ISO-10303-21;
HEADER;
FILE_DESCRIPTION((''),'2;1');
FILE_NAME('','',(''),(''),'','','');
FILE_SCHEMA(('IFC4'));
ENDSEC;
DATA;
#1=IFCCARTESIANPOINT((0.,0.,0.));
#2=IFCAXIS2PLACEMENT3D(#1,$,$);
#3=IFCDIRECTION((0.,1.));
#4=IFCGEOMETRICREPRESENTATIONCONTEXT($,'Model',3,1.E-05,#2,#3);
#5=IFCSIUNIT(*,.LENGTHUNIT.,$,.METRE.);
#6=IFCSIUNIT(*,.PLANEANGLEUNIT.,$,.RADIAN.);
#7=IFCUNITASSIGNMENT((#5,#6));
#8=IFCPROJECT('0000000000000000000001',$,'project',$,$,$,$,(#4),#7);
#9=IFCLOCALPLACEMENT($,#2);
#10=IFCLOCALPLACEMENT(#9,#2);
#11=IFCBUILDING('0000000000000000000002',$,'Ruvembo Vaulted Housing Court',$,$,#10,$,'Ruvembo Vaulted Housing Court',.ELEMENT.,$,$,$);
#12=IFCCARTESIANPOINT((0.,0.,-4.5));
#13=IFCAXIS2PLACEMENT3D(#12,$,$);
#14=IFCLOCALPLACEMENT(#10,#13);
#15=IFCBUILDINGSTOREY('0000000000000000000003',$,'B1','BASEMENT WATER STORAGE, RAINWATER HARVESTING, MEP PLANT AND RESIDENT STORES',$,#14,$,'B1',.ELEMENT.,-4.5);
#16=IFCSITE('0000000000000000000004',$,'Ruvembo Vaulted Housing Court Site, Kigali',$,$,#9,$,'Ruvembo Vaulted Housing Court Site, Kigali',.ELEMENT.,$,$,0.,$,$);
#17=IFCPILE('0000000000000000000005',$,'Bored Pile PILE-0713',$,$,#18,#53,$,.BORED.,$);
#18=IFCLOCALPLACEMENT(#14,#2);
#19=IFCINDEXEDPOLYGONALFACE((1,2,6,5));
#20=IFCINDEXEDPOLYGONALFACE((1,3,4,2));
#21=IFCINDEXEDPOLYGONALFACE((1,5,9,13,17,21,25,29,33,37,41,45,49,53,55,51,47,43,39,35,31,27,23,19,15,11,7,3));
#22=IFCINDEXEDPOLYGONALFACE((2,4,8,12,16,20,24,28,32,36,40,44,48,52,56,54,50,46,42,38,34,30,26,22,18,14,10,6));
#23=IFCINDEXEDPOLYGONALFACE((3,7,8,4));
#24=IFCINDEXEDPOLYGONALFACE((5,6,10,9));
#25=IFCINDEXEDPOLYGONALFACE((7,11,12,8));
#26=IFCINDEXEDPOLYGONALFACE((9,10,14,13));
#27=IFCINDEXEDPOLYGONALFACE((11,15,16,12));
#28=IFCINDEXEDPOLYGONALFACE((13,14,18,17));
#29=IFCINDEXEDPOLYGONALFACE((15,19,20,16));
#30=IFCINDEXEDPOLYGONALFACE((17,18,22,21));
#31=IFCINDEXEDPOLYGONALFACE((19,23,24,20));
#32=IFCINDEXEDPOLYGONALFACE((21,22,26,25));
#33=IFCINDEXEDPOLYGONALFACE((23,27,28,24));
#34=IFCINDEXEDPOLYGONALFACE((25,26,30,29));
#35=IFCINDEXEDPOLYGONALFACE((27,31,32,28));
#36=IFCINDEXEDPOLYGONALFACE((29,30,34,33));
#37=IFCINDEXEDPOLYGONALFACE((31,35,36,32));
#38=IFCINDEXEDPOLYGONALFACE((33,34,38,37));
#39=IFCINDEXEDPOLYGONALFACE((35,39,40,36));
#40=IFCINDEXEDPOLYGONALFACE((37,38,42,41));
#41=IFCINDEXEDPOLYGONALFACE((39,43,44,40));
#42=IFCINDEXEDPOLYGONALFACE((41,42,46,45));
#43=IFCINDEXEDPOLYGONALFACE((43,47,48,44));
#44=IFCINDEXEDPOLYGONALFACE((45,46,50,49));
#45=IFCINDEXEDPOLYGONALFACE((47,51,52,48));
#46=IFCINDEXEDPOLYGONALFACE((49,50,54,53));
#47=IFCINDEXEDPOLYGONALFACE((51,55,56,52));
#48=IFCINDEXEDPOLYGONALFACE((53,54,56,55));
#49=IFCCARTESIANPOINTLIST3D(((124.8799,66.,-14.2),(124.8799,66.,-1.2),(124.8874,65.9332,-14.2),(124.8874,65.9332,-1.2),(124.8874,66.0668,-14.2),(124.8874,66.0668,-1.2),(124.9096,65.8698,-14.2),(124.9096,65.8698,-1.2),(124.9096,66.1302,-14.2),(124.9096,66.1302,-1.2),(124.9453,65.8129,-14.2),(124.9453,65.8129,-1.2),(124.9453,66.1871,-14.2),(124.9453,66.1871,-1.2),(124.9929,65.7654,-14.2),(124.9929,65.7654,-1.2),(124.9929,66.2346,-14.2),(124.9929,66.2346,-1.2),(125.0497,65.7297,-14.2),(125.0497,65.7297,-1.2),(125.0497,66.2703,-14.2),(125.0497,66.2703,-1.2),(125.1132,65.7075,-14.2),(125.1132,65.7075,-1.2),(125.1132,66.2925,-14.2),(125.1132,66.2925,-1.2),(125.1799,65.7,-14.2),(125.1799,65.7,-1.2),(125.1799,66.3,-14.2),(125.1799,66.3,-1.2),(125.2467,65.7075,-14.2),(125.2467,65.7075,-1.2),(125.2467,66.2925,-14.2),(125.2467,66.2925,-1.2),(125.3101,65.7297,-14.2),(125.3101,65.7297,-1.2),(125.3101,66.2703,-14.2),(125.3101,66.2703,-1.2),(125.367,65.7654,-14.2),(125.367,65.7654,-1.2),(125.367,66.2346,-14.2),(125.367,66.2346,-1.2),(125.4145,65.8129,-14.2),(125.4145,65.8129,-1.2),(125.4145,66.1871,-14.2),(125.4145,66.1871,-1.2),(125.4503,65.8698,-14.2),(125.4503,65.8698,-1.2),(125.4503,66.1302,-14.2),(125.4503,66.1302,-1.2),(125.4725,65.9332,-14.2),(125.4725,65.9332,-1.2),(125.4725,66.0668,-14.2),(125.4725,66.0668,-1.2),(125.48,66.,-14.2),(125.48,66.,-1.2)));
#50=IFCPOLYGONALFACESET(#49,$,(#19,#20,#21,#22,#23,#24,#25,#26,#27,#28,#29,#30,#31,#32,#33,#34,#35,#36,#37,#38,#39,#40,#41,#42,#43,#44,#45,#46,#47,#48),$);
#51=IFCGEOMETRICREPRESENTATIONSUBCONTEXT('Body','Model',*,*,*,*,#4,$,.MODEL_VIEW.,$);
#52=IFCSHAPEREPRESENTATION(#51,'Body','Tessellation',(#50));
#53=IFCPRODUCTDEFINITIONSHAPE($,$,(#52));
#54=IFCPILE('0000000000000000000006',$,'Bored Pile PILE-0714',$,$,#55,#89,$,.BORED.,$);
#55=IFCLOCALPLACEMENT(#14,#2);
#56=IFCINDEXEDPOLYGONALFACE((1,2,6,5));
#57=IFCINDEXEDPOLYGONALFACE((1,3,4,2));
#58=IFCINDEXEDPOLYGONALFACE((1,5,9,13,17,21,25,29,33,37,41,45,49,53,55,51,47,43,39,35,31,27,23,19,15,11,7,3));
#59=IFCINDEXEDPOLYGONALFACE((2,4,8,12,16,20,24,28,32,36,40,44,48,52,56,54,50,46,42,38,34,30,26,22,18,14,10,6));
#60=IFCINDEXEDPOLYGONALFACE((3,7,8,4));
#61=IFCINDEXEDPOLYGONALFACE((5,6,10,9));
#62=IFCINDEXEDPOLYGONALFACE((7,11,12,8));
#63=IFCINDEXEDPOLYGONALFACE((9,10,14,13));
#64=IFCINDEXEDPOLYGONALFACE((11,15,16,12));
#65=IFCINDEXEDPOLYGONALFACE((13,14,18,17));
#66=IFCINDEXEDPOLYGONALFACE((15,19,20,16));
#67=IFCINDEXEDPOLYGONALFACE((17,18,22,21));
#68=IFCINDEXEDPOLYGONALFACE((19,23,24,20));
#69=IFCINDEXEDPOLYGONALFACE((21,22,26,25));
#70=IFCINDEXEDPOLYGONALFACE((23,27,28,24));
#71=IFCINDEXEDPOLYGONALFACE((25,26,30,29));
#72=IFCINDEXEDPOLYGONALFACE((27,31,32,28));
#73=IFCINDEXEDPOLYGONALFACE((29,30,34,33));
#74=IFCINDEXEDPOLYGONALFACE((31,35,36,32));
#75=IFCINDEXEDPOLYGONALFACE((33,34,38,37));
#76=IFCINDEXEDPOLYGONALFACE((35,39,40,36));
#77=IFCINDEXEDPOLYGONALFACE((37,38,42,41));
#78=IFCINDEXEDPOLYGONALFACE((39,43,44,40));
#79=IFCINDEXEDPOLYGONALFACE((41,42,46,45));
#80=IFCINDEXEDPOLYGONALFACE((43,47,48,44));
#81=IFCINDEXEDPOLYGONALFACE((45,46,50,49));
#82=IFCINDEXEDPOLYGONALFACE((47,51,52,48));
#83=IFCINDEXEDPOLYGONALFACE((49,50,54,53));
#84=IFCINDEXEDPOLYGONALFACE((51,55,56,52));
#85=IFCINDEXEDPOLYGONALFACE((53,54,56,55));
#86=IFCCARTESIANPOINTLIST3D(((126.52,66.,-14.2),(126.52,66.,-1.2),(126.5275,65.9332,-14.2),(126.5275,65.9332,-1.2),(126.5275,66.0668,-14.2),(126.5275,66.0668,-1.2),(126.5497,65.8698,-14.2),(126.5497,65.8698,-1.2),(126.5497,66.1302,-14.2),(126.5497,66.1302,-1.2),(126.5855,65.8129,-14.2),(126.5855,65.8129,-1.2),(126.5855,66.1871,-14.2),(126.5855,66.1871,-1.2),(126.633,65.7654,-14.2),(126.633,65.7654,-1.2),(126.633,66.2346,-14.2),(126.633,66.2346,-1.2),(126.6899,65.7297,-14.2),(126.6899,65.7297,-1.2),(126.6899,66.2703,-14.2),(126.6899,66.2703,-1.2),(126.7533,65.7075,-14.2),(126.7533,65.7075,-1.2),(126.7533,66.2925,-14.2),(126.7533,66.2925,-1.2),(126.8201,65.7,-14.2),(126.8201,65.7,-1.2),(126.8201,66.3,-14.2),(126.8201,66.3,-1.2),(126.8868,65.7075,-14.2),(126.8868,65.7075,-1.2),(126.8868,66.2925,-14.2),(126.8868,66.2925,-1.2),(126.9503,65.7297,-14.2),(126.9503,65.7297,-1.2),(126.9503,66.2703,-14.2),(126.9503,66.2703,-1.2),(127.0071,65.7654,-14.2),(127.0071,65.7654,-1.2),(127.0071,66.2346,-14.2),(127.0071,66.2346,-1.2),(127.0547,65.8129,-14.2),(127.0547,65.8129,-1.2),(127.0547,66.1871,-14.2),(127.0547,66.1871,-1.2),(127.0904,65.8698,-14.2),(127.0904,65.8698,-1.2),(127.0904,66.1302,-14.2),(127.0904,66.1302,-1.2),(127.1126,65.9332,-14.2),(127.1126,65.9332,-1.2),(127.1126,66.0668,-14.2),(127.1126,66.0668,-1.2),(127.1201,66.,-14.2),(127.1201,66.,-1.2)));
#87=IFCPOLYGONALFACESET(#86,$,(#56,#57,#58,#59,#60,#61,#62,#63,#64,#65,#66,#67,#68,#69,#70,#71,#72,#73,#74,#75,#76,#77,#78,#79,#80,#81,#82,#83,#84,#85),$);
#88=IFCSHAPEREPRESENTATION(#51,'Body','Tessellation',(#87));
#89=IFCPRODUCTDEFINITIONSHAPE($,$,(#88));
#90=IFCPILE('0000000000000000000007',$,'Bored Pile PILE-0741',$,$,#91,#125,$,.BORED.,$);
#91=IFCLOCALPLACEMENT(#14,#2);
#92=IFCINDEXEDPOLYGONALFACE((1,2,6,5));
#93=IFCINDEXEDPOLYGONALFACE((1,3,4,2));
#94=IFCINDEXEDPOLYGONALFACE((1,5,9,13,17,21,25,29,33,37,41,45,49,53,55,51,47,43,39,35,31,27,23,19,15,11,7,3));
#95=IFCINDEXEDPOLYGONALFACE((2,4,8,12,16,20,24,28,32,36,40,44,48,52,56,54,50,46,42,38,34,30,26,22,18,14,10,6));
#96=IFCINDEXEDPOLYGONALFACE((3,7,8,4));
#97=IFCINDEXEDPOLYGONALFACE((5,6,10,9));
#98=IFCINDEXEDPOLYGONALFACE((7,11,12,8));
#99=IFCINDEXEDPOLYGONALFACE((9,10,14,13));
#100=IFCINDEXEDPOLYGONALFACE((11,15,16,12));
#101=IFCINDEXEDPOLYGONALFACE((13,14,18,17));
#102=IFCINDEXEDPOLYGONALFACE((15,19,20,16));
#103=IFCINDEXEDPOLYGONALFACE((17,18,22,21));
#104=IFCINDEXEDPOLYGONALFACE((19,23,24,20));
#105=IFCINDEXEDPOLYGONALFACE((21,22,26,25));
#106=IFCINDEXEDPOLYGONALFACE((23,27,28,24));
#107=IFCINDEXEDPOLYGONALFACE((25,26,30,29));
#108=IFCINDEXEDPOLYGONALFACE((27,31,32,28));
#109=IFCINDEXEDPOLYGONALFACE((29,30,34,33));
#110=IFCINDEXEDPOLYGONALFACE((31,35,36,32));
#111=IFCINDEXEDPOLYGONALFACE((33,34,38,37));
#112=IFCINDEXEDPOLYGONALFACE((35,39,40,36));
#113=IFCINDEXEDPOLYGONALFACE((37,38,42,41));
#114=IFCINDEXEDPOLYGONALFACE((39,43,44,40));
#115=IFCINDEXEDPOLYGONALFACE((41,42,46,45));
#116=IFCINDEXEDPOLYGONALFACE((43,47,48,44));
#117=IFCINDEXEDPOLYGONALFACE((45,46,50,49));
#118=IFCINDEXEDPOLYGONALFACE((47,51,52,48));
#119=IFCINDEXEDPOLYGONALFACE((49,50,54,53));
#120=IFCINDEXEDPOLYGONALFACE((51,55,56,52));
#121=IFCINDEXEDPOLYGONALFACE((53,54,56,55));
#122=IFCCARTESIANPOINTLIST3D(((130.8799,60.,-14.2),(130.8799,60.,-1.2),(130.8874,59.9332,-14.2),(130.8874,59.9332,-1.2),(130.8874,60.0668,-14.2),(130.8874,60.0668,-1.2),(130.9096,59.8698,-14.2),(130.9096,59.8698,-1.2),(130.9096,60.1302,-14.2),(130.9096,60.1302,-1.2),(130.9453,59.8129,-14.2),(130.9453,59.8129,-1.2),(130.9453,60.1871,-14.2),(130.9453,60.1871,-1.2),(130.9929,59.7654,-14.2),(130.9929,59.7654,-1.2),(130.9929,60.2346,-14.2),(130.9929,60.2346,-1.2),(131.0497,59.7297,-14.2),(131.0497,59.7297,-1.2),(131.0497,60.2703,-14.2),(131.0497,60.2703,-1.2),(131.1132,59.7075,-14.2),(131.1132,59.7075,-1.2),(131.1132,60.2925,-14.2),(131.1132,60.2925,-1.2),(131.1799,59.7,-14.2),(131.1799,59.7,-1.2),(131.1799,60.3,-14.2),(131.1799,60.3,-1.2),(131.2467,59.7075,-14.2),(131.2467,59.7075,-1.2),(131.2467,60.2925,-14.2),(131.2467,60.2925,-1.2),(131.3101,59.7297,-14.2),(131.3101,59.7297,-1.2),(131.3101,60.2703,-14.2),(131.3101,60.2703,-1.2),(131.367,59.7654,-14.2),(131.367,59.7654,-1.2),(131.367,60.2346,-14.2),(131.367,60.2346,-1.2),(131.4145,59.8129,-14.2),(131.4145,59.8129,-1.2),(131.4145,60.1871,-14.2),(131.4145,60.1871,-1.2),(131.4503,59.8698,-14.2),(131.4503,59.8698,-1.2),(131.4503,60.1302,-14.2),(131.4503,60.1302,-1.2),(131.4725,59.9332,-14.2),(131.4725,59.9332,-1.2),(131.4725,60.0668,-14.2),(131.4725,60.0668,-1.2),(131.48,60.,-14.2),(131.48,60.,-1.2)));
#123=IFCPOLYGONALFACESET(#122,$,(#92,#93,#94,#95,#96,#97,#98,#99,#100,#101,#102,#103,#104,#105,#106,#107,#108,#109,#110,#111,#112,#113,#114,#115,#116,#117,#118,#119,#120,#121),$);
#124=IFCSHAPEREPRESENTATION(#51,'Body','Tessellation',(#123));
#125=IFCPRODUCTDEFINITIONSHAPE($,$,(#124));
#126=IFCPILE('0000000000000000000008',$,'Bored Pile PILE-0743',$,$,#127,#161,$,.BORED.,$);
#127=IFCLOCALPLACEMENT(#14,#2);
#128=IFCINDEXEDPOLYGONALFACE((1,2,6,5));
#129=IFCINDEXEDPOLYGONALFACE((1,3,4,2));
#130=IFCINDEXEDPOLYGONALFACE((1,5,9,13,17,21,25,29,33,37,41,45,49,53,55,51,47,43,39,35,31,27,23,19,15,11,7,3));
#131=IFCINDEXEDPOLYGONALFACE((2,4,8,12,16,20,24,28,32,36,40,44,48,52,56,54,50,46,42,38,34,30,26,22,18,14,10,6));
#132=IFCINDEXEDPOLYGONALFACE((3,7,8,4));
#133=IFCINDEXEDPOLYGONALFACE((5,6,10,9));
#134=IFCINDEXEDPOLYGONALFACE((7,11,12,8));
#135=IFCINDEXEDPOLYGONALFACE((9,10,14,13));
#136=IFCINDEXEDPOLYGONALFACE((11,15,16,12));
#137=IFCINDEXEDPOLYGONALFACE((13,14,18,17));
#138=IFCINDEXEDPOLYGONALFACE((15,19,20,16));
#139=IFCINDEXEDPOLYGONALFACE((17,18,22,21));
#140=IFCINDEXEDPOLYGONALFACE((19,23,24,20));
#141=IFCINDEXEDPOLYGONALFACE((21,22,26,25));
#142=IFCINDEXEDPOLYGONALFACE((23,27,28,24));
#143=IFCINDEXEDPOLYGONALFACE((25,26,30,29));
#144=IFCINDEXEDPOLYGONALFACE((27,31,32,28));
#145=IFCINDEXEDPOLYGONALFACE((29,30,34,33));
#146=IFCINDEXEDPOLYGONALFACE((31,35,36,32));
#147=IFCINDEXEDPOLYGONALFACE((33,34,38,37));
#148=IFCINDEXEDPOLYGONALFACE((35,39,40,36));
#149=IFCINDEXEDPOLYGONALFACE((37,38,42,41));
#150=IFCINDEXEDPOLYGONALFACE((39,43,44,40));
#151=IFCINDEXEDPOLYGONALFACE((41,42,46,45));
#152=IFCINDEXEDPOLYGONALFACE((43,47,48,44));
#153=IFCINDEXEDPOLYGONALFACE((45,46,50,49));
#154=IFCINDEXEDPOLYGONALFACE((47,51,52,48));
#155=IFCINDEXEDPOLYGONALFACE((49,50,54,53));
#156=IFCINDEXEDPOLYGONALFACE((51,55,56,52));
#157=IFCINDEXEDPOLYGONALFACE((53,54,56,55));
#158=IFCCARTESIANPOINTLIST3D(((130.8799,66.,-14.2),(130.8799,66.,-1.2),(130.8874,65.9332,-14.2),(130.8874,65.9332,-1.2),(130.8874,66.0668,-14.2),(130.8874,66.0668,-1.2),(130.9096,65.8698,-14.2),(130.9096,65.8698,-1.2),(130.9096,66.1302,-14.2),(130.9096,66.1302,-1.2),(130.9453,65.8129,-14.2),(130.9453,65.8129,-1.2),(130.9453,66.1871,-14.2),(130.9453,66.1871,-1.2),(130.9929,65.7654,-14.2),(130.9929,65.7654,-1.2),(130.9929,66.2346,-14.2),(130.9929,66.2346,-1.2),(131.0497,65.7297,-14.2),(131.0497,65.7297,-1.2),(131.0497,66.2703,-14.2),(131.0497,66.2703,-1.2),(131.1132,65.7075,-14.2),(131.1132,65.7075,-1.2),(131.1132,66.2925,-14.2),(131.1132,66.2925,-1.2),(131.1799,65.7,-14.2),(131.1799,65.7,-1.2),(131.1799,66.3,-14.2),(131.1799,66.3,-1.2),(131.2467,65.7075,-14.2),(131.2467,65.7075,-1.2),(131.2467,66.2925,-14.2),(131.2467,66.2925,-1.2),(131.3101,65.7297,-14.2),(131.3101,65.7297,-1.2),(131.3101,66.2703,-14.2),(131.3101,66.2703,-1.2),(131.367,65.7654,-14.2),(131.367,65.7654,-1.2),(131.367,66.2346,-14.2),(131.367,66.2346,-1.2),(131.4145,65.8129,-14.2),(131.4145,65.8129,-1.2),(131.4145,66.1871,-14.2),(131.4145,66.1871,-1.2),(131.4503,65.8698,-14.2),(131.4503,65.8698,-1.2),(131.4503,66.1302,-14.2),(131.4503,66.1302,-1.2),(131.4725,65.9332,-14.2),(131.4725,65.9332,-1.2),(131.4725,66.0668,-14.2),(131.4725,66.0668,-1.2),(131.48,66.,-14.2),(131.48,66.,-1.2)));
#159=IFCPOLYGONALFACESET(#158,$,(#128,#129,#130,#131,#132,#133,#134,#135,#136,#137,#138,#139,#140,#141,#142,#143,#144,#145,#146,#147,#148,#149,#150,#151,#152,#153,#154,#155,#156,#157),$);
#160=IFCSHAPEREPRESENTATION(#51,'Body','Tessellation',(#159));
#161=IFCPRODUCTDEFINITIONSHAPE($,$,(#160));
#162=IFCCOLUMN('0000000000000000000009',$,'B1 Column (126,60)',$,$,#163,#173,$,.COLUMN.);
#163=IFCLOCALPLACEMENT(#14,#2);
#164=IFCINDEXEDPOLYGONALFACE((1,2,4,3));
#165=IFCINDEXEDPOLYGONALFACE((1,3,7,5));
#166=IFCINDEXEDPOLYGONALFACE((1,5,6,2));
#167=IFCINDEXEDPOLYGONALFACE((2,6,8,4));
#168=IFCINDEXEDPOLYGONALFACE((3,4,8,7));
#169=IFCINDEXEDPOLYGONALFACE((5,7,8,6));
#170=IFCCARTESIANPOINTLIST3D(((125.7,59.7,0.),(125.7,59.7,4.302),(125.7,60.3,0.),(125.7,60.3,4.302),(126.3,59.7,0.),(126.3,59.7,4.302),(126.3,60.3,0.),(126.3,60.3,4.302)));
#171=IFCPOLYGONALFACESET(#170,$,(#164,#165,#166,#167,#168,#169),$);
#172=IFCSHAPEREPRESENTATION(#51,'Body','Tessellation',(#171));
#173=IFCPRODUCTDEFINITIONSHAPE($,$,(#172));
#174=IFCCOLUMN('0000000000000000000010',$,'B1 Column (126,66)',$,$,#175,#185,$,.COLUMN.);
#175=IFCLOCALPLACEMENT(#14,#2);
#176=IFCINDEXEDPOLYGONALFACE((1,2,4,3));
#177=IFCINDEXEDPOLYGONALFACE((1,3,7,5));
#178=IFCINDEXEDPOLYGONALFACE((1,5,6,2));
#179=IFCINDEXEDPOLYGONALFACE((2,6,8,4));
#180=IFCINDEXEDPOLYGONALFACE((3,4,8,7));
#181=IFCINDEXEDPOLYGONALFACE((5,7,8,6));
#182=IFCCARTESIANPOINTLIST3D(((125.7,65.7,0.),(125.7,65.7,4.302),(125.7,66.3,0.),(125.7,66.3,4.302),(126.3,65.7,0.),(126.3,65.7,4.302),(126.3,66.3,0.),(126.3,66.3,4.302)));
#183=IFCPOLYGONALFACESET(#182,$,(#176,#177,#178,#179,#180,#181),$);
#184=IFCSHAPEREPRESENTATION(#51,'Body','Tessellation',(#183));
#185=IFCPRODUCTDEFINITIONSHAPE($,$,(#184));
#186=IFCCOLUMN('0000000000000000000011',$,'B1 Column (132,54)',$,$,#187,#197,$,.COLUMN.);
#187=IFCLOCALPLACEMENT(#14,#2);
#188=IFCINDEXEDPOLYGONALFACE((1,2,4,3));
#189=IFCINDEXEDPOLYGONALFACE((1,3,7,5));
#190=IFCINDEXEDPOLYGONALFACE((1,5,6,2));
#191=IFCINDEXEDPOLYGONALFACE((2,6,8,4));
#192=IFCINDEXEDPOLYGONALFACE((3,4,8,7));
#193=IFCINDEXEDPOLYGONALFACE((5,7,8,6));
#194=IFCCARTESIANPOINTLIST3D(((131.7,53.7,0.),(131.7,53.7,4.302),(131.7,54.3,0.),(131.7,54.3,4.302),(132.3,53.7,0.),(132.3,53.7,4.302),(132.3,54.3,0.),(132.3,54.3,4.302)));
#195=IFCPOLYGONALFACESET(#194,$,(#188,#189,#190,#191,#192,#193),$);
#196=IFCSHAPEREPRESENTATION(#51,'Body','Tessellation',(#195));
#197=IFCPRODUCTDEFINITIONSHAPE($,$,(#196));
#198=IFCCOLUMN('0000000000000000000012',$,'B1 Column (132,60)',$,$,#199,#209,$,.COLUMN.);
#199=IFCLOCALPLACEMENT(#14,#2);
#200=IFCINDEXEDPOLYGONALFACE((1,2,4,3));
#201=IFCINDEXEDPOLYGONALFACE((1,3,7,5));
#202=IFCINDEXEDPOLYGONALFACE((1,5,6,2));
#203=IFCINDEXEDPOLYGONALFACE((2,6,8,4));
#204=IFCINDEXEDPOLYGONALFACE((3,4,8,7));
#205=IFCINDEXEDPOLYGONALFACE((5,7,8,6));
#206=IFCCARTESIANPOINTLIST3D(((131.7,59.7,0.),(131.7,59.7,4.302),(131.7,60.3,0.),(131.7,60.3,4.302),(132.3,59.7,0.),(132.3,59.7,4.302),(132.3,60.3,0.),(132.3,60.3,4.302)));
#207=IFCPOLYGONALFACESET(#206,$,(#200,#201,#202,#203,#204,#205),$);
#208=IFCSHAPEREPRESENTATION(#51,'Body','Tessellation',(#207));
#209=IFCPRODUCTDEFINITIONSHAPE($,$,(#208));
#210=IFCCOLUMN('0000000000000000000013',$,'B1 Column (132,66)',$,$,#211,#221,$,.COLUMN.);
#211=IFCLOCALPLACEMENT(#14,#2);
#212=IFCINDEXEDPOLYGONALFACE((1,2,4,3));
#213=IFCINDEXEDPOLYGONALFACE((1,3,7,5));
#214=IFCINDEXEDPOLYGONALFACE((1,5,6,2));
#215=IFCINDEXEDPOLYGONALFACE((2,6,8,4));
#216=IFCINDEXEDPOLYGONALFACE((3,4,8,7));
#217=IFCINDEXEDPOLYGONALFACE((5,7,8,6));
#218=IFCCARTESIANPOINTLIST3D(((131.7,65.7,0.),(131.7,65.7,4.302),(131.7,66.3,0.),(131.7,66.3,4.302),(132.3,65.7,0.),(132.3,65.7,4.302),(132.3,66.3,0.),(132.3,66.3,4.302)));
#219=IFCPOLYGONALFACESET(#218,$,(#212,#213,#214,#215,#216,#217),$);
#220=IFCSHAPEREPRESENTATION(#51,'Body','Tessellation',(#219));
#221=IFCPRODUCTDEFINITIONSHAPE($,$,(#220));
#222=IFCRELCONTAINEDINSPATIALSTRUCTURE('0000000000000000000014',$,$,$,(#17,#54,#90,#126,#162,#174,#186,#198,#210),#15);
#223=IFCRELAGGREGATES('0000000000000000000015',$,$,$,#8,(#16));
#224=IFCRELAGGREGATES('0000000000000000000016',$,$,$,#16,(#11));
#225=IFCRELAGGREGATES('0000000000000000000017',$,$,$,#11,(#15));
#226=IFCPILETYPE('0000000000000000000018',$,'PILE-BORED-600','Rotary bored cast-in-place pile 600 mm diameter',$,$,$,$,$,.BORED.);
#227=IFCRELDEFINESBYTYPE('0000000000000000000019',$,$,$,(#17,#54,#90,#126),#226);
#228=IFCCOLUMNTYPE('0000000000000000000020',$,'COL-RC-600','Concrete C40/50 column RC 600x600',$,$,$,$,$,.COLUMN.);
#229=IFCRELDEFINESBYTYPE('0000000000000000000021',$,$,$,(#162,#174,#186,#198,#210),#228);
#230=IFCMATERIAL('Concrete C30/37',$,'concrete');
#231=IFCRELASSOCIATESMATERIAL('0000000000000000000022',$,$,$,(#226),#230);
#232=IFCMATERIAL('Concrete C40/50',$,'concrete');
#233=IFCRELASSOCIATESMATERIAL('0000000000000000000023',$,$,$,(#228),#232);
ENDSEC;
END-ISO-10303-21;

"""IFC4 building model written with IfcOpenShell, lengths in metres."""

from ifc_helpers import new_model, si_unit, direction, frame, origin, origin_2d, place, context, subcontext, project, spatial, rectangle, circle, extrude, material, material_profile, profile_set, type_object, element, save


model = new_model("IFC4")

# Units and contexts
model_context = context("Model", 3, precision=1e-05, world=origin(), true_north=direction((0.0, 1.0)))
body_context = subcontext(model_context, "Body", "Model", "MODEL_VIEW")
ifc_project = project(units=[si_unit("LENGTHUNIT", "METRE"), si_unit("PLANEANGLEUNIT", "RADIAN")], contexts=[model_context])

# Site, building, storey
site_placement = place(None, origin())
site = spatial("IfcSite", under=ifc_project, at=site_placement, Name="Ruvembo Vaulted Housing Court Site, Kigali", LongName="Ruvembo Vaulted Housing Court Site, Kigali", CompositionType="ELEMENT", RefElevation=0.0)
building_placement = place(site_placement, origin())
building = spatial("IfcBuilding", under=site, at=building_placement, Name="Ruvembo Vaulted Housing Court", LongName="Ruvembo Vaulted Housing Court", CompositionType="ELEMENT")
storey_placement = place(building_placement, frame((0.0, 0.0, -4.5)))
storey = spatial("IfcBuildingStorey", under=building, at=storey_placement, Name="B1", Description="BASEMENT WATER STORAGE, RAINWATER HARVESTING, MEP PLANT AND RESIDENT STORES", LongName="B1", CompositionType="ELEMENT", Elevation=-4.5)

# Piles
ifc_material_1 = material(Name="Concrete C30/37", Category="concrete")
ifc_material_profile_1 = material_profile(ifc_material_1, circle(Radius=0.3, at=origin_2d()), Name="PILE D600")
ifc_profile_set_1 = profile_set([ifc_material_profile_1], Name="Concrete C30/37")
pile_type = type_object("IfcPileType", Name="PILE-BORED-600", Description="Rotary bored cast-in-place pile 600 mm diameter", PredefinedType="BORED", material=ifc_profile_set_1)
for number, where, z_axis, x_axis, name in (
    (1, (125.1799, 66.0, -1.2), (0.0, 0.0, -1.0), (1.0, 0.0, 0.0), "Bored Pile PILE-0713"),
    (2, (126.8201, 66.0, -1.2), (0.0, 0.0, -1.0), (1.0, 0.0, 0.0), "Bored Pile PILE-0714"),
    (3, (131.1799, 60.0, -1.2), (0.0, 0.0, -1.0), (1.0, 0.0, 0.0), "Bored Pile PILE-0741"),
    (4, (131.1799, 66.0, -1.2), (0.0, 0.0, -1.0), (1.0, 0.0, 0.0), "Bored Pile PILE-0743"),
):
    element("IfcPile", number, at=place(storey_placement, frame(where, z_axis=z_axis, x_axis=x_axis)), inside=storey, type_object=pile_type, Name=name, PredefinedType="BORED", context=body_context, shape_type="SweptSolid", body=[
        extrude(circle(Radius=0.3, at=origin_2d()), origin(), (0.0, 0.0, 1.0), 13.0),
    ])

# Columns
ifc_material_2 = material(Name="Concrete C40/50", Category="concrete")
ifc_material_profile_2 = material_profile(ifc_material_2, rectangle(XDim=0.6001, YDim=0.6001, at=origin_2d()), Name="RC 600x600")
ifc_profile_set_2 = profile_set([ifc_material_profile_2], Name="Concrete C40/50")
column_type = type_object("IfcColumnType", Name="COL-RC-600", Description="Concrete C40/50 column RC 600x600", PredefinedType="COLUMN", material=ifc_profile_set_2)
for number, where, z_axis, x_axis, name in (
    (5, (126.0, 60.0, 0.0), (0.0, 0.0, 1.0), (1.0, 0.0, 0.0), "B1 Column (126,60)"),
    (6, (126.0, 66.0, 0.0), (0.0, 0.0, 1.0), (1.0, 0.0, 0.0), "B1 Column (126,66)"),
    (7, (132.0, 54.0, 0.0), (0.0, 0.0, 1.0), (1.0, 0.0, 0.0), "B1 Column (132,54)"),
    (8, (132.0, 60.0, 0.0), (0.0, 0.0, 1.0), (1.0, 0.0, 0.0), "B1 Column (132,60)"),
    (9, (132.0, 66.0, 0.0), (0.0, 0.0, 1.0), (1.0, 0.0, 0.0), "B1 Column (132,66)"),
):
    element("IfcColumn", number, at=place(storey_placement, frame(where, z_axis=z_axis, x_axis=x_axis)), inside=storey, type_object=column_type, Name=name, PredefinedType="COLUMN", context=body_context, shape_type="SweptSolid", body=[
        extrude(rectangle(XDim=0.6001, YDim=0.6001, at=origin_2d()), origin(), (0.0, 0.0, 1.0), 4.302),
    ])

save(model, "model.ifc")
